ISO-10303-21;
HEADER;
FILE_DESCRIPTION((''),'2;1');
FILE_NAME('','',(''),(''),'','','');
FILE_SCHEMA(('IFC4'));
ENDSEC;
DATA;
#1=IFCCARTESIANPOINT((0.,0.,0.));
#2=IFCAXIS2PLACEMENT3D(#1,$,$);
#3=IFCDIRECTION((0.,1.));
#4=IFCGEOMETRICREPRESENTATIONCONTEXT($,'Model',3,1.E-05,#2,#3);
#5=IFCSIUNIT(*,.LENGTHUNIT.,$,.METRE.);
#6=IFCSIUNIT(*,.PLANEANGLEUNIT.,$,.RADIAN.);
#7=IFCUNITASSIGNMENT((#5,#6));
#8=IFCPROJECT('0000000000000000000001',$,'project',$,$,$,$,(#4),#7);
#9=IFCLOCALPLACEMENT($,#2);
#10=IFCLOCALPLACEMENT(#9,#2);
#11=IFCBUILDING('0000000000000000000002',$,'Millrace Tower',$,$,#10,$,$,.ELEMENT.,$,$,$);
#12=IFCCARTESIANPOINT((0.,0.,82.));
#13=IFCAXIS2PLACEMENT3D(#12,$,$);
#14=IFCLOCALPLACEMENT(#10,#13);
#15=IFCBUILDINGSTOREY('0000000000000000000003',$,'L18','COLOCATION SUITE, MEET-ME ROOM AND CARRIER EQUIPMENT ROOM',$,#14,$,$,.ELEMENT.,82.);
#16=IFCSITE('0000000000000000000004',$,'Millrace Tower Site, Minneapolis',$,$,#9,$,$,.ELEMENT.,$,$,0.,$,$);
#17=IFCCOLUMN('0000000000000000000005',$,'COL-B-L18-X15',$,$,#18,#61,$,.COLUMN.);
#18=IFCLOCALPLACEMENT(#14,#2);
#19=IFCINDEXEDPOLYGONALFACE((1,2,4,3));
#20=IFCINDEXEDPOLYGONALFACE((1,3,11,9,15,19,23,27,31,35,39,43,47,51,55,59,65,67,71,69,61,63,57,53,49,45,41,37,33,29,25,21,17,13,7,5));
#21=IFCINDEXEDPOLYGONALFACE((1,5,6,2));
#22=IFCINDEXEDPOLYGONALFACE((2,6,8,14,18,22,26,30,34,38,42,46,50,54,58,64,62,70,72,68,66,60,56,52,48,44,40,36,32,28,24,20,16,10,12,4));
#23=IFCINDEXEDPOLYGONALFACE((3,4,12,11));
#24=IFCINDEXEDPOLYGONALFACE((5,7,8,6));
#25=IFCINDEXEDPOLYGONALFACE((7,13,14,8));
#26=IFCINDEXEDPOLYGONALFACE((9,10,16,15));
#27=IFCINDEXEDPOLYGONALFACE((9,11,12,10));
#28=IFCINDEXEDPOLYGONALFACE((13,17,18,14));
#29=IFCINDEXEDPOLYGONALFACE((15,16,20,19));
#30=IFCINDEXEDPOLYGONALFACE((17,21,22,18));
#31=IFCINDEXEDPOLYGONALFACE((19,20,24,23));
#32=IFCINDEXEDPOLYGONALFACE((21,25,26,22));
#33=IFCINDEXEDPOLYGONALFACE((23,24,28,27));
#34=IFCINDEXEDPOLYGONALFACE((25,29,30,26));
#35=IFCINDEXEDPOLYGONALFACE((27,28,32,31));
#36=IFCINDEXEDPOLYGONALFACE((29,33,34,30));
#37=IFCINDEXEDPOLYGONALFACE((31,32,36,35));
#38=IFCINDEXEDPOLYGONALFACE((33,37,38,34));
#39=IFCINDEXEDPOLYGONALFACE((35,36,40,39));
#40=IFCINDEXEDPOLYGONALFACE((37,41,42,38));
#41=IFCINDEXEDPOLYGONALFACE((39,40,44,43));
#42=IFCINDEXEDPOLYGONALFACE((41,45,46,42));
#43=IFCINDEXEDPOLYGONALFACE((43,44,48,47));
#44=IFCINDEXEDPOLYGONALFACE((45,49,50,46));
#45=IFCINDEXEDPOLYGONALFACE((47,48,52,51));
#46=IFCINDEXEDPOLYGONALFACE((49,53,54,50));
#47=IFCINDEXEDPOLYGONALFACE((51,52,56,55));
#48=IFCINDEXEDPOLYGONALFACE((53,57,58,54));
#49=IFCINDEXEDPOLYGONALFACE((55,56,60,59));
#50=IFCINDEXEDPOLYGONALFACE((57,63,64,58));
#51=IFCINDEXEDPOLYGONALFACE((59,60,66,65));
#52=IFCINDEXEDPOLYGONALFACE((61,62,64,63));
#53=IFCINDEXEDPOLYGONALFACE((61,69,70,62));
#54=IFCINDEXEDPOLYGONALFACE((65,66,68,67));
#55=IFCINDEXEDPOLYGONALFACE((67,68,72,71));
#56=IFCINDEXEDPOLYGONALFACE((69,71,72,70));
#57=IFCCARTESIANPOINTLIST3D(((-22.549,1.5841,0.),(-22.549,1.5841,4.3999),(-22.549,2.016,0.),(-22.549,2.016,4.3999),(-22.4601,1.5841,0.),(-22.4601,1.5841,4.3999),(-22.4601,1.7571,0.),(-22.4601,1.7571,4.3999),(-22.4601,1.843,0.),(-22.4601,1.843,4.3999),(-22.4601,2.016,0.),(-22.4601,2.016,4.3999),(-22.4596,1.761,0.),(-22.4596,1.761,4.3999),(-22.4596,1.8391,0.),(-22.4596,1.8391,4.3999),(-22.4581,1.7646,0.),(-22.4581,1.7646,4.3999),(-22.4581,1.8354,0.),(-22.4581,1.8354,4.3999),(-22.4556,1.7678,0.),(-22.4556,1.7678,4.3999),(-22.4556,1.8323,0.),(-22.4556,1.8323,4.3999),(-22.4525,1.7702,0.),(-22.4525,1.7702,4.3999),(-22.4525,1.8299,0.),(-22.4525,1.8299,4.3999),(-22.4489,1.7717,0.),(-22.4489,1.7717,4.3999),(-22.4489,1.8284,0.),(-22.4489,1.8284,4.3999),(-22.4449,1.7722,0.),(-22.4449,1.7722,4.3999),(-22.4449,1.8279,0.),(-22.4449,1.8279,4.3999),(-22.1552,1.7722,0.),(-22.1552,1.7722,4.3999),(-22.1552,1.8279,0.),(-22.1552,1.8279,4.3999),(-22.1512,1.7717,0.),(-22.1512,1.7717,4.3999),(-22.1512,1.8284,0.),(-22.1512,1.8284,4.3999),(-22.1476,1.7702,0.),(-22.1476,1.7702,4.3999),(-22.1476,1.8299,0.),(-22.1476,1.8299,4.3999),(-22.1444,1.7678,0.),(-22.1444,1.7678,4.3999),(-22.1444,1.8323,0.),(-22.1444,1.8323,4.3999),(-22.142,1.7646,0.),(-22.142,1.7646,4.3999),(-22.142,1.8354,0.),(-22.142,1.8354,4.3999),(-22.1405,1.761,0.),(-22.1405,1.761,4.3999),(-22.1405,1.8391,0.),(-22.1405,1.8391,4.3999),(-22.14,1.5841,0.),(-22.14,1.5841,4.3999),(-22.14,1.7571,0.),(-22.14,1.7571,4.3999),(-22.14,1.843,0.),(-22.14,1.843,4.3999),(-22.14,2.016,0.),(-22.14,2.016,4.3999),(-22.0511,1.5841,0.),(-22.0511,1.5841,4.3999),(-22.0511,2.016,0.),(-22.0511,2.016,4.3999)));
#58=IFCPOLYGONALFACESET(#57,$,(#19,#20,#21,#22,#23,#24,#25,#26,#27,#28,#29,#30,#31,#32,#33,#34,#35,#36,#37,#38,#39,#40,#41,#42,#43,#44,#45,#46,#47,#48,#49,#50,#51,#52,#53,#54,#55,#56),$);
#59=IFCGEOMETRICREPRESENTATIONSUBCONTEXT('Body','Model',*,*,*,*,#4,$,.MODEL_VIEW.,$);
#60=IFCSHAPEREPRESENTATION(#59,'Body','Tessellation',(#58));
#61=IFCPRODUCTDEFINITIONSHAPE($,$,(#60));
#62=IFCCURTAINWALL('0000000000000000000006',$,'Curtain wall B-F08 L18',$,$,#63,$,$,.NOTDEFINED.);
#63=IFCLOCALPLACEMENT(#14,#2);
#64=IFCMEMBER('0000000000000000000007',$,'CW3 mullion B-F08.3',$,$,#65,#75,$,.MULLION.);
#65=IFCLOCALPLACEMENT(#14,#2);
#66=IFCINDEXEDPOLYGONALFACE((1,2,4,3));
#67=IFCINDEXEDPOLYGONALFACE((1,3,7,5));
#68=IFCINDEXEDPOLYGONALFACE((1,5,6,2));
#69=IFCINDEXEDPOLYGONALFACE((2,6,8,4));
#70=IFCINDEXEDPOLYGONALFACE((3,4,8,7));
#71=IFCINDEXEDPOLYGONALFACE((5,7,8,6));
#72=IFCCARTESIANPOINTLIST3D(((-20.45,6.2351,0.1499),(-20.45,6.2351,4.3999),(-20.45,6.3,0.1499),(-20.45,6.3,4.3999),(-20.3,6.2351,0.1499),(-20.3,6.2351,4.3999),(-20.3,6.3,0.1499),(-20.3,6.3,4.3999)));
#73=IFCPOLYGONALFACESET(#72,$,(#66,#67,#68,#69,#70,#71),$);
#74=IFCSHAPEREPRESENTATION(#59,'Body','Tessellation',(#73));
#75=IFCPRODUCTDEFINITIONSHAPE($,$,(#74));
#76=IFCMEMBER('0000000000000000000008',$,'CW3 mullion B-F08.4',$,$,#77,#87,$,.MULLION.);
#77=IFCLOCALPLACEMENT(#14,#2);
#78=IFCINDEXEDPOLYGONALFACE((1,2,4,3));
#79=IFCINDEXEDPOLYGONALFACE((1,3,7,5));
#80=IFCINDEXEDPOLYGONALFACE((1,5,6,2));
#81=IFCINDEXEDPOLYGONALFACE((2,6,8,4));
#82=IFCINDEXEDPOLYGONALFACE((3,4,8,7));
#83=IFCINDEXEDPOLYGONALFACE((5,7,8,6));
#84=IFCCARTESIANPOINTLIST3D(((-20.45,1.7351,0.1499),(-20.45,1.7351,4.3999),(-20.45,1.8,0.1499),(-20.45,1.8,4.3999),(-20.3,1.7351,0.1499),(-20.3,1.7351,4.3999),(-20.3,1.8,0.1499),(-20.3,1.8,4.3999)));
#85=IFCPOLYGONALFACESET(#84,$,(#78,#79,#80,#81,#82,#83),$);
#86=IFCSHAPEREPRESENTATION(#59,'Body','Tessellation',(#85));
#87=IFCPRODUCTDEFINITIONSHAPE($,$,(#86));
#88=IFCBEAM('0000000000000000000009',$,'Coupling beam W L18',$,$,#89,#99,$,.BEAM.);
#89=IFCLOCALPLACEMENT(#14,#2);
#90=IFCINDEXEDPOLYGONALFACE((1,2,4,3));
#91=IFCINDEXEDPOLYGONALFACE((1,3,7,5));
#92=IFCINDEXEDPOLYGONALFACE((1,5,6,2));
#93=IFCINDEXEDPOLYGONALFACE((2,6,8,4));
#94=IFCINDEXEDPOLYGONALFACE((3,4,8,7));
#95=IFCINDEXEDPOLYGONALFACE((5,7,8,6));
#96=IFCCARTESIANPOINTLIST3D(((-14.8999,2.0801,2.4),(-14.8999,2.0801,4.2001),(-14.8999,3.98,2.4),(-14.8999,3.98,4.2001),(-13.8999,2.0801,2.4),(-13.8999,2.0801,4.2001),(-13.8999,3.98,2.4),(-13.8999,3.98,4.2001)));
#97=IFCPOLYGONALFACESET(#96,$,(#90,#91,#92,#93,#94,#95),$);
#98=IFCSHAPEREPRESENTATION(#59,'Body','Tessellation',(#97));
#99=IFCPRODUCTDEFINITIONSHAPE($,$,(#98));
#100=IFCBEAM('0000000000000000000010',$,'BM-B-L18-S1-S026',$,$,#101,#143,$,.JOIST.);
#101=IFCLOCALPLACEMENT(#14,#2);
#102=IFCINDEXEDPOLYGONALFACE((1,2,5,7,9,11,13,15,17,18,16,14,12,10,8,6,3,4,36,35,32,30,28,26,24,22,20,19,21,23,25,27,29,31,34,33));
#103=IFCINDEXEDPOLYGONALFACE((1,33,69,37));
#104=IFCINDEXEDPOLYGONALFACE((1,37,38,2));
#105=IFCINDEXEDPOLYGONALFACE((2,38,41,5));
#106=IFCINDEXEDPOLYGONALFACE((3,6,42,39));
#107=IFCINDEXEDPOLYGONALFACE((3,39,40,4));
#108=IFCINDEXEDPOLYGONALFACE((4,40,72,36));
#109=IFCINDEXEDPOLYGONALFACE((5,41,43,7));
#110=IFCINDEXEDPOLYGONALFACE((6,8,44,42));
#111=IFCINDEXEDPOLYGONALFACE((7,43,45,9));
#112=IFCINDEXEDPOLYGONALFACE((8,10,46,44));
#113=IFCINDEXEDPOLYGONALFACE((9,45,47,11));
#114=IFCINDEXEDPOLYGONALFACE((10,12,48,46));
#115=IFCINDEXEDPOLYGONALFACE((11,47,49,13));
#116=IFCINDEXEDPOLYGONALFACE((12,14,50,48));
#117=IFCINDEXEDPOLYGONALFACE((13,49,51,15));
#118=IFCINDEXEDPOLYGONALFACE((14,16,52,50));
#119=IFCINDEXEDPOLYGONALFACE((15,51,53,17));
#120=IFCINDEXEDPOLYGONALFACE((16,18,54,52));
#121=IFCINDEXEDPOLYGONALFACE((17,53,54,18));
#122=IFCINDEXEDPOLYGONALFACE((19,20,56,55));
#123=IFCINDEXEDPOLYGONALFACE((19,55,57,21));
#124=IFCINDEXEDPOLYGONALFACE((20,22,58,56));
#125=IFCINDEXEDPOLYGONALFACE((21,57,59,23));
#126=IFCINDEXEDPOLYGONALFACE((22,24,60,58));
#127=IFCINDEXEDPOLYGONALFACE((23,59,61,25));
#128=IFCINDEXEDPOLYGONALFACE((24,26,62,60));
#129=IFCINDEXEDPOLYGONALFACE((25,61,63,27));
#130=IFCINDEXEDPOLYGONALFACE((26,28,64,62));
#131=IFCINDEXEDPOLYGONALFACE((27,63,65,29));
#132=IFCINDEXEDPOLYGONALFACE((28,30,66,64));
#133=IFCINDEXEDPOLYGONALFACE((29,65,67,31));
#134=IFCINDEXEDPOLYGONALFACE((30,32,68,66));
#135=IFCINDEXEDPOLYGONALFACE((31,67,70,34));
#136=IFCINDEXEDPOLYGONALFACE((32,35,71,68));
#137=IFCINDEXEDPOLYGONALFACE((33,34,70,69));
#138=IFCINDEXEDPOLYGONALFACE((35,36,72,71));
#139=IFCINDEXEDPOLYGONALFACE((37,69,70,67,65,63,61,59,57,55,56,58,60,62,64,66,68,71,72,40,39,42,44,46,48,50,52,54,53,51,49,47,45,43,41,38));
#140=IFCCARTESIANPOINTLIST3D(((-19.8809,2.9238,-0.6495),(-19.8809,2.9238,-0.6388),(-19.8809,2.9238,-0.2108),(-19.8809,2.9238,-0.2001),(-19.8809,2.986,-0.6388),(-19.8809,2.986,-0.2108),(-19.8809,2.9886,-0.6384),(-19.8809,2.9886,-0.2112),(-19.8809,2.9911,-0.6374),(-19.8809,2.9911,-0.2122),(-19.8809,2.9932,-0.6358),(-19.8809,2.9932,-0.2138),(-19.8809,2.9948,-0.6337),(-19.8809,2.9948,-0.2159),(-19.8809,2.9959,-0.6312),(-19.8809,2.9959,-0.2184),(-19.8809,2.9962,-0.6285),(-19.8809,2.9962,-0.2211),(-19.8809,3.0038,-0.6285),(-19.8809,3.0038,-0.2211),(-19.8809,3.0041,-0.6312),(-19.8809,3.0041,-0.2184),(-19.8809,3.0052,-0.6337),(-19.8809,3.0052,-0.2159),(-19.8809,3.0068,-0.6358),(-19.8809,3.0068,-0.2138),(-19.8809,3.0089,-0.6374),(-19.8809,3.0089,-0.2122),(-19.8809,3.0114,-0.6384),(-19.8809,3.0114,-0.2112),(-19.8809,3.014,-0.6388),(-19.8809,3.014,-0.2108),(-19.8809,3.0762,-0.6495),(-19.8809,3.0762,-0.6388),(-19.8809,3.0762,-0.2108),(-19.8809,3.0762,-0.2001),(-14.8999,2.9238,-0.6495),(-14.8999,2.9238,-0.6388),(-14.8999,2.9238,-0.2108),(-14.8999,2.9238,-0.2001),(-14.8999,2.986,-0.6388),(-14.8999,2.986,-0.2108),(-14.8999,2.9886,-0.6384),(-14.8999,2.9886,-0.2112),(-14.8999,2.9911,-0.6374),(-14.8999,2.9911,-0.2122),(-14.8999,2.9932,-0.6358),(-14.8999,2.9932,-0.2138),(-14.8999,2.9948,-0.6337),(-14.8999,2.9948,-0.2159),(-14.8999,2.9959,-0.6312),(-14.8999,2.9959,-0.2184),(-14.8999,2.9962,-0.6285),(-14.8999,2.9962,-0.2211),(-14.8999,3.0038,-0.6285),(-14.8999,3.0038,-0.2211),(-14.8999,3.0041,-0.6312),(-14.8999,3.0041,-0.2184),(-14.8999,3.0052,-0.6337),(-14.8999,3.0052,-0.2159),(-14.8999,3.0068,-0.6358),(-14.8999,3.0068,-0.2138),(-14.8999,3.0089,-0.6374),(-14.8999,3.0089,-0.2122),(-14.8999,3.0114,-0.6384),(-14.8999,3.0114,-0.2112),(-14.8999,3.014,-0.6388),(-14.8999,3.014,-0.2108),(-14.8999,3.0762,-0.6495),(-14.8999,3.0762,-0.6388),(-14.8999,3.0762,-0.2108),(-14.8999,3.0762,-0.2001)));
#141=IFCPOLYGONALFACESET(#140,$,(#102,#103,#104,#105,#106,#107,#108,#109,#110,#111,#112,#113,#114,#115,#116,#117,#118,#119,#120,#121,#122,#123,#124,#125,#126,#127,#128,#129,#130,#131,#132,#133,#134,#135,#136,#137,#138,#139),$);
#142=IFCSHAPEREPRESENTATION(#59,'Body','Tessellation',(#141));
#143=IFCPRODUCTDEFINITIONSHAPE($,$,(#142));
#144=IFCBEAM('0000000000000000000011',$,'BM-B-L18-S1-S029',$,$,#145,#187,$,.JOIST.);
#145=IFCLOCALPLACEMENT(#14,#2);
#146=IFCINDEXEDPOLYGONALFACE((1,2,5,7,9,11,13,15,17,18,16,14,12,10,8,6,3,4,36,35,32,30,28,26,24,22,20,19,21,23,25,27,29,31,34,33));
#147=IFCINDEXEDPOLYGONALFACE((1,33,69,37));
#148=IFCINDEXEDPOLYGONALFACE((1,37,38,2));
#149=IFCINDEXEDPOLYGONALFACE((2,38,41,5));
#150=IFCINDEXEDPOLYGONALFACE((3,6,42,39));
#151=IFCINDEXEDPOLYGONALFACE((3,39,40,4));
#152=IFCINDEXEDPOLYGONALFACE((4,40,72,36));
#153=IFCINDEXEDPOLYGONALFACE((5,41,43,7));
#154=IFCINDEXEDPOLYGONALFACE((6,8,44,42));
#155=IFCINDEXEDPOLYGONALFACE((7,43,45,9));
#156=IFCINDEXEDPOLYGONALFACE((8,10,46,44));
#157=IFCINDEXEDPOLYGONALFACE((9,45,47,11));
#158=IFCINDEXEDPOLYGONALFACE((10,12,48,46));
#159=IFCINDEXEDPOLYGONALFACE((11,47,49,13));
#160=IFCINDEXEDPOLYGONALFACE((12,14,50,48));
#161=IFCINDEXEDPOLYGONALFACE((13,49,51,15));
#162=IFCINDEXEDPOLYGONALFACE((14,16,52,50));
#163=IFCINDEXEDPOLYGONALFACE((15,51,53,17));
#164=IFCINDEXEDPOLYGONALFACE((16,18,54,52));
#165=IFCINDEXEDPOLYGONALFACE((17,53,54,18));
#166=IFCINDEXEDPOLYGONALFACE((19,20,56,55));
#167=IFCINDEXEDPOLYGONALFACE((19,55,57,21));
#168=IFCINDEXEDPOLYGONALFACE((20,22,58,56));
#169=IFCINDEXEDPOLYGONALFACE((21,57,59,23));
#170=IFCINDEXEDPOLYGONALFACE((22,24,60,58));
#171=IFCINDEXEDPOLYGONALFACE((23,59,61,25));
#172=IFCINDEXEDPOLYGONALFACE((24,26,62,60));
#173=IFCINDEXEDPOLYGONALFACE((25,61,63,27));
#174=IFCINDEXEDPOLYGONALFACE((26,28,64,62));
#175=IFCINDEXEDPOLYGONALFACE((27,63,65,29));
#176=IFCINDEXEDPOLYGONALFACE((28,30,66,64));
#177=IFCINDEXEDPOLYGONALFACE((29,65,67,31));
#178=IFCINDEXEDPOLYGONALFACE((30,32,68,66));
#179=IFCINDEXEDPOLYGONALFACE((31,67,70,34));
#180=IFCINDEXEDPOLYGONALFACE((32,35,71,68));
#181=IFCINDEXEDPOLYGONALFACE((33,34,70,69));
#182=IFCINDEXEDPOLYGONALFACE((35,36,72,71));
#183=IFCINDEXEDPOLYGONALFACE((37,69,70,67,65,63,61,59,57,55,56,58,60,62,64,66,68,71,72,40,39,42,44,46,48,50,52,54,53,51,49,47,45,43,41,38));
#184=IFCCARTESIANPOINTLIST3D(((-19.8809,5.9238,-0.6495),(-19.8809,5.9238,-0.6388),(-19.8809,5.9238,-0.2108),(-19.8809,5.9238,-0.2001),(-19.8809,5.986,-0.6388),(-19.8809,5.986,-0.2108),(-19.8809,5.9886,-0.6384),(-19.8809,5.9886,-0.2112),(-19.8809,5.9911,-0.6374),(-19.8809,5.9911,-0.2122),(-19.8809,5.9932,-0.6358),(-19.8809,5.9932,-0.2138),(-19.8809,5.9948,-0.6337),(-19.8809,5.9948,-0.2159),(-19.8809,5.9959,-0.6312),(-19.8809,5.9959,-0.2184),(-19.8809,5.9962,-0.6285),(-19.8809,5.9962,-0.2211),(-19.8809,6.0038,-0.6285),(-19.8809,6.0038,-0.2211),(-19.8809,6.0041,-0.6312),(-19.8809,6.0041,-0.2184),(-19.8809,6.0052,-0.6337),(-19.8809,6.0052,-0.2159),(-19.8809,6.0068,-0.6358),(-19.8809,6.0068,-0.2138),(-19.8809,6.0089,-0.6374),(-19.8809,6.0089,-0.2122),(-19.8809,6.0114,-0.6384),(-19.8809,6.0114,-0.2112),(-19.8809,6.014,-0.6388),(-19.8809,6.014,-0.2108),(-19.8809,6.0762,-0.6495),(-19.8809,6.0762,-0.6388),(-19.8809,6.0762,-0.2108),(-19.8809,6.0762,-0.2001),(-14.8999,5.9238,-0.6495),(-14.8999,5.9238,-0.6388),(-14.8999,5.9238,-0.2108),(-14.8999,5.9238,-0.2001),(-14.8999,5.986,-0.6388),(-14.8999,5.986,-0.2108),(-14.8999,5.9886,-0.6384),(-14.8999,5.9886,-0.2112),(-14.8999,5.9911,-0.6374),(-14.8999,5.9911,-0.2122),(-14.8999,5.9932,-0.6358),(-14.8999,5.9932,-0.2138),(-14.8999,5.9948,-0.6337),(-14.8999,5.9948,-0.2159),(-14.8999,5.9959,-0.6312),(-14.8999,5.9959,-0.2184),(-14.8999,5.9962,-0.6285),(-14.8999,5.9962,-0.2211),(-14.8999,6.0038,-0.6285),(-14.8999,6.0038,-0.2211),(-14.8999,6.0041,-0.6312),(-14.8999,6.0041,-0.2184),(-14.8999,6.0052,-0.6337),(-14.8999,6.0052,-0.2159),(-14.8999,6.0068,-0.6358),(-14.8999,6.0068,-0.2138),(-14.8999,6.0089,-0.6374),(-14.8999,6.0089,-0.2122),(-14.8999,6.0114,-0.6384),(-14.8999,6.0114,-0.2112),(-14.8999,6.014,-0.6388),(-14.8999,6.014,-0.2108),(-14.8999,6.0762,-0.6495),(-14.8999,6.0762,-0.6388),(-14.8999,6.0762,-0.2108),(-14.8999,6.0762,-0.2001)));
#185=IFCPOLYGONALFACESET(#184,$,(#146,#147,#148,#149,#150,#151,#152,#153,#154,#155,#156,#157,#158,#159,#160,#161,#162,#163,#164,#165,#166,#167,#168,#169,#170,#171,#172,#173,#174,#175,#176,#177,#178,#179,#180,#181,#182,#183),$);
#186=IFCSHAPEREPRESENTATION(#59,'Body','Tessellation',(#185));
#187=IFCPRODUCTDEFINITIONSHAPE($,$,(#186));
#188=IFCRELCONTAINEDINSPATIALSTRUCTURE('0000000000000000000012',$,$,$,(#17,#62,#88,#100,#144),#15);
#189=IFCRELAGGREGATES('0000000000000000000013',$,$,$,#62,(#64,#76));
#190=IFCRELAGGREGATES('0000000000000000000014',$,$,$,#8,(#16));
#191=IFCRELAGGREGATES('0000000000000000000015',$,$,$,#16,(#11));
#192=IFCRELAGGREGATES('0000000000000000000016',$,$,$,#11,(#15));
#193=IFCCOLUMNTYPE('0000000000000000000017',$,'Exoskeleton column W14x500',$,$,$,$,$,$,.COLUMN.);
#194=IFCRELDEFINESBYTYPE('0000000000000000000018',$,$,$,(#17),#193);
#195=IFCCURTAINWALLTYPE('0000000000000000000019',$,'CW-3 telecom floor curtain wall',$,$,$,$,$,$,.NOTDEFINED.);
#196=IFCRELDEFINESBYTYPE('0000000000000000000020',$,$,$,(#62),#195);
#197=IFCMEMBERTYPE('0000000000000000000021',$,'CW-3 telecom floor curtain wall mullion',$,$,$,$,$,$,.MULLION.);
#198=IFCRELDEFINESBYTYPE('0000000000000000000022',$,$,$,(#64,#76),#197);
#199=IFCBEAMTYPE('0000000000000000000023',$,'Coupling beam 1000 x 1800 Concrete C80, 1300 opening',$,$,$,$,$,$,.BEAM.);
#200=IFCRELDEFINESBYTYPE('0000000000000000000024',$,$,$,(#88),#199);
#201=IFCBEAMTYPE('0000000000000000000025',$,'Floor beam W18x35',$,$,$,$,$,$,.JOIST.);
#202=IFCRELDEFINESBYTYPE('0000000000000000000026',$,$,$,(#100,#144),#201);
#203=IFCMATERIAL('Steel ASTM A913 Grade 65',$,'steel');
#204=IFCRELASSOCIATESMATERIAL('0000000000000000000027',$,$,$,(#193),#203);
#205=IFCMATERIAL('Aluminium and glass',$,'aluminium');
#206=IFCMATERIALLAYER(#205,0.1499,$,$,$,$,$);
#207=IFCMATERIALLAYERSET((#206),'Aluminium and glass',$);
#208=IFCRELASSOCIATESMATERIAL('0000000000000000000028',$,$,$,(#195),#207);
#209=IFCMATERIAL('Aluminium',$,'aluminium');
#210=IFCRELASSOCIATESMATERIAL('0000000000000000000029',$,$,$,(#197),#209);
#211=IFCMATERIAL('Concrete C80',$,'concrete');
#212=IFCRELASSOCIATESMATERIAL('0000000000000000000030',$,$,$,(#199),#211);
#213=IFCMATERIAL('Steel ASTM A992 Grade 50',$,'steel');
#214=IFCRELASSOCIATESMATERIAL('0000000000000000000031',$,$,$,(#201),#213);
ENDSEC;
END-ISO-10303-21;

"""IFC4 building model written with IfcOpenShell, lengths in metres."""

from ifc_helpers import new_model, si_unit, direction, frame, origin, origin_2d, place, context, subcontext, project, spatial, rectangle, i_section, extrude, material, layer, layer_set, material_profile, profile_set, type_object, element, aggregate, save


model = new_model("IFC4")

# Units and contexts
model_context = context("Model", 3, precision=1e-05, world=origin(), true_north=direction((0.0, 1.0)))
body_context = subcontext(model_context, "Body", "Model", "MODEL_VIEW")
ifc_project = project(units=[si_unit("LENGTHUNIT", "METRE"), si_unit("PLANEANGLEUNIT", "RADIAN")], contexts=[model_context])

# Site, building, storey
site_placement = place(None, origin())
site = spatial("IfcSite", under=ifc_project, at=site_placement, Name="Millrace Tower Site, Minneapolis", CompositionType="ELEMENT", RefElevation=0.0)
building_placement = place(site_placement, origin())
building = spatial("IfcBuilding", under=site, at=building_placement, Name="Millrace Tower", CompositionType="ELEMENT")
storey_placement = place(building_placement, frame((0.0, 0.0, 82.0)))
storey = spatial("IfcBuildingStorey", under=building, at=storey_placement, Name="L18", Description="COLOCATION SUITE, MEET-ME ROOM AND CARRIER EQUIPMENT ROOM", CompositionType="ELEMENT", Elevation=82.0)

# Column
ifc_material_1 = material(Name="Steel ASTM A913 Grade 65", Category="steel")
ifc_material_profile_1 = material_profile(ifc_material_1, i_section(OverallWidth=0.4319, OverallDepth=0.4978, WebThickness=0.0557, FlangeThickness=0.0889, FilletRadius=0.0151, at=origin_2d()))
ifc_profile_set_1 = profile_set([ifc_material_profile_1], Name="Steel ASTM A913 Grade 65")
column_type = type_object("IfcColumnType", Name="Exoskeleton column W14x500", PredefinedType="COLUMN", material=ifc_profile_set_1)
column_placement = place(storey_placement, frame((-22.3, 1.8, 0.0), z_axis=(0.0, 0.0, 1.0), x_axis=(0.0, -1.0, 0.0)))
element("IfcColumn", 1, at=column_placement, inside=storey, type_object=column_type, Name="COL-B-L18-X15", PredefinedType="COLUMN", context=body_context, shape_type="SweptSolid", body=[
    extrude(i_section(OverallWidth=0.4319, OverallDepth=0.4978, WebThickness=0.0557, FlangeThickness=0.0889, FilletRadius=0.0151, at=origin_2d()), origin(), (0.0, 0.0, 1.0), 4.3999),
])

# Curtain wall, members
ifc_material_2 = material(Name="Aluminium and glass", Category="aluminium")
ifc_layer_1 = layer(ifc_material_2, 0.1499)
ifc_layer_set_1 = layer_set([ifc_layer_1], Name="Aluminium and glass")
curtain_wall_type = type_object("IfcCurtainWallType", Name="CW-3 telecom floor curtain wall", PredefinedType="NOTDEFINED", material=ifc_layer_set_1)
placement = place(storey_placement, origin())
curtain_wall = element("IfcCurtainWall", 2, at=placement, inside=storey, type_object=curtain_wall_type, Name="Curtain wall B-F08 L18", PredefinedType="NOTDEFINED")
ifc_material_3 = material(Name="Aluminium", Category="aluminium")
ifc_material_profile_2 = material_profile(ifc_material_3, rectangle(XDim=0.0649, YDim=0.1499, at=origin_2d()))
ifc_profile_set_2 = profile_set([ifc_material_profile_2], Name="Aluminium")
member_type = type_object("IfcMemberType", Name="CW-3 telecom floor curtain wall mullion", PredefinedType="MULLION", material=ifc_profile_set_2)
member_1_placement = place(storey_placement, frame((-20.375, 6.2676, 0.1499), z_axis=(0.0, 0.0, 1.0), x_axis=(0.0, -1.0, 0.0)))
member_1 = element("IfcMember", 3, at=member_1_placement, type_object=member_type, Name="CW3 mullion B-F08.3", PredefinedType="MULLION", context=body_context, shape_type="SweptSolid", body=[
    extrude(rectangle(XDim=0.0649, YDim=0.1499, at=origin_2d()), origin(), (0.0, 0.0, 1.0), 4.25),
])
member_2_placement = place(storey_placement, frame((-20.375, 1.7676, 0.1499), z_axis=(0.0, 0.0, 1.0), x_axis=(0.0, -1.0, 0.0)))
member_2 = element("IfcMember", 4, at=member_2_placement, type_object=member_type, Name="CW3 mullion B-F08.4", PredefinedType="MULLION", context=body_context, shape_type="SweptSolid", body=[
    extrude(rectangle(XDim=0.0649, YDim=0.1499, at=origin_2d()), origin(), (0.0, 0.0, 1.0), 4.25),
])
aggregate(curtain_wall, [member_1, member_2])

# Beams
ifc_material_4 = material(Name="Concrete C80", Category="concrete")
ifc_material_profile_3 = material_profile(ifc_material_4, rectangle(XDim=1.0, YDim=1.8, at=origin_2d()))
ifc_profile_set_3 = profile_set([ifc_material_profile_3], Name="Concrete C80")
beam_type_1 = type_object("IfcBeamType", Name="Coupling beam 1000 x 1800 Concrete C80, 1300 opening", PredefinedType="BEAM", material=ifc_profile_set_3)
beam_1_placement = place(storey_placement, frame((-14.3999, 2.0801, 3.3), z_axis=(0.0, 1.0, 0.0), x_axis=(-1.0, 0.0, 0.0)))
element("IfcBeam", 5, at=beam_1_placement, inside=storey, type_object=beam_type_1, Name="Coupling beam W L18", PredefinedType="BEAM", context=body_context, shape_type="SweptSolid", body=[
    extrude(rectangle(XDim=1.0, YDim=1.8, at=origin_2d()), origin(), (0.0, 0.0, 1.0), 1.8999),
])
ifc_material_5 = material(Name="Steel ASTM A992 Grade 50", Category="steel")
ifc_material_profile_4 = material_profile(ifc_material_5, i_section(OverallWidth=0.1523, OverallDepth=0.4495, WebThickness=0.0076, FlangeThickness=0.0107, FilletRadius=0.0103, at=origin_2d()))
ifc_profile_set_4 = profile_set([ifc_material_profile_4], Name="Steel ASTM A992 Grade 50")
beam_type_2 = type_object("IfcBeamType", Name="Floor beam W18x35", PredefinedType="JOIST", material=ifc_profile_set_4)
for number, where, z_axis, x_axis, name in (
    (6, (-19.8809, 3.0, -0.4248), (1.0, 0.0, 0.0), (0.0, 1.0, 0.0), "BM-B-L18-S1-S026"),
    (7, (-19.8809, 6.0, -0.4248), (1.0, 0.0, 0.0), (0.0, 1.0, 0.0), "BM-B-L18-S1-S029"),
):
    element("IfcBeam", number, at=place(storey_placement, frame(where, z_axis=z_axis, x_axis=x_axis)), inside=storey, type_object=beam_type_2, Name=name, PredefinedType="JOIST", context=body_context, shape_type="SweptSolid", body=[
        extrude(i_section(OverallWidth=0.1523, OverallDepth=0.4495, WebThickness=0.0076, FlangeThickness=0.0107, FilletRadius=0.0103, at=origin_2d()), origin(), (0.0, 0.0, 1.0), 4.981),
    ])

save(model, "model.ifc")
